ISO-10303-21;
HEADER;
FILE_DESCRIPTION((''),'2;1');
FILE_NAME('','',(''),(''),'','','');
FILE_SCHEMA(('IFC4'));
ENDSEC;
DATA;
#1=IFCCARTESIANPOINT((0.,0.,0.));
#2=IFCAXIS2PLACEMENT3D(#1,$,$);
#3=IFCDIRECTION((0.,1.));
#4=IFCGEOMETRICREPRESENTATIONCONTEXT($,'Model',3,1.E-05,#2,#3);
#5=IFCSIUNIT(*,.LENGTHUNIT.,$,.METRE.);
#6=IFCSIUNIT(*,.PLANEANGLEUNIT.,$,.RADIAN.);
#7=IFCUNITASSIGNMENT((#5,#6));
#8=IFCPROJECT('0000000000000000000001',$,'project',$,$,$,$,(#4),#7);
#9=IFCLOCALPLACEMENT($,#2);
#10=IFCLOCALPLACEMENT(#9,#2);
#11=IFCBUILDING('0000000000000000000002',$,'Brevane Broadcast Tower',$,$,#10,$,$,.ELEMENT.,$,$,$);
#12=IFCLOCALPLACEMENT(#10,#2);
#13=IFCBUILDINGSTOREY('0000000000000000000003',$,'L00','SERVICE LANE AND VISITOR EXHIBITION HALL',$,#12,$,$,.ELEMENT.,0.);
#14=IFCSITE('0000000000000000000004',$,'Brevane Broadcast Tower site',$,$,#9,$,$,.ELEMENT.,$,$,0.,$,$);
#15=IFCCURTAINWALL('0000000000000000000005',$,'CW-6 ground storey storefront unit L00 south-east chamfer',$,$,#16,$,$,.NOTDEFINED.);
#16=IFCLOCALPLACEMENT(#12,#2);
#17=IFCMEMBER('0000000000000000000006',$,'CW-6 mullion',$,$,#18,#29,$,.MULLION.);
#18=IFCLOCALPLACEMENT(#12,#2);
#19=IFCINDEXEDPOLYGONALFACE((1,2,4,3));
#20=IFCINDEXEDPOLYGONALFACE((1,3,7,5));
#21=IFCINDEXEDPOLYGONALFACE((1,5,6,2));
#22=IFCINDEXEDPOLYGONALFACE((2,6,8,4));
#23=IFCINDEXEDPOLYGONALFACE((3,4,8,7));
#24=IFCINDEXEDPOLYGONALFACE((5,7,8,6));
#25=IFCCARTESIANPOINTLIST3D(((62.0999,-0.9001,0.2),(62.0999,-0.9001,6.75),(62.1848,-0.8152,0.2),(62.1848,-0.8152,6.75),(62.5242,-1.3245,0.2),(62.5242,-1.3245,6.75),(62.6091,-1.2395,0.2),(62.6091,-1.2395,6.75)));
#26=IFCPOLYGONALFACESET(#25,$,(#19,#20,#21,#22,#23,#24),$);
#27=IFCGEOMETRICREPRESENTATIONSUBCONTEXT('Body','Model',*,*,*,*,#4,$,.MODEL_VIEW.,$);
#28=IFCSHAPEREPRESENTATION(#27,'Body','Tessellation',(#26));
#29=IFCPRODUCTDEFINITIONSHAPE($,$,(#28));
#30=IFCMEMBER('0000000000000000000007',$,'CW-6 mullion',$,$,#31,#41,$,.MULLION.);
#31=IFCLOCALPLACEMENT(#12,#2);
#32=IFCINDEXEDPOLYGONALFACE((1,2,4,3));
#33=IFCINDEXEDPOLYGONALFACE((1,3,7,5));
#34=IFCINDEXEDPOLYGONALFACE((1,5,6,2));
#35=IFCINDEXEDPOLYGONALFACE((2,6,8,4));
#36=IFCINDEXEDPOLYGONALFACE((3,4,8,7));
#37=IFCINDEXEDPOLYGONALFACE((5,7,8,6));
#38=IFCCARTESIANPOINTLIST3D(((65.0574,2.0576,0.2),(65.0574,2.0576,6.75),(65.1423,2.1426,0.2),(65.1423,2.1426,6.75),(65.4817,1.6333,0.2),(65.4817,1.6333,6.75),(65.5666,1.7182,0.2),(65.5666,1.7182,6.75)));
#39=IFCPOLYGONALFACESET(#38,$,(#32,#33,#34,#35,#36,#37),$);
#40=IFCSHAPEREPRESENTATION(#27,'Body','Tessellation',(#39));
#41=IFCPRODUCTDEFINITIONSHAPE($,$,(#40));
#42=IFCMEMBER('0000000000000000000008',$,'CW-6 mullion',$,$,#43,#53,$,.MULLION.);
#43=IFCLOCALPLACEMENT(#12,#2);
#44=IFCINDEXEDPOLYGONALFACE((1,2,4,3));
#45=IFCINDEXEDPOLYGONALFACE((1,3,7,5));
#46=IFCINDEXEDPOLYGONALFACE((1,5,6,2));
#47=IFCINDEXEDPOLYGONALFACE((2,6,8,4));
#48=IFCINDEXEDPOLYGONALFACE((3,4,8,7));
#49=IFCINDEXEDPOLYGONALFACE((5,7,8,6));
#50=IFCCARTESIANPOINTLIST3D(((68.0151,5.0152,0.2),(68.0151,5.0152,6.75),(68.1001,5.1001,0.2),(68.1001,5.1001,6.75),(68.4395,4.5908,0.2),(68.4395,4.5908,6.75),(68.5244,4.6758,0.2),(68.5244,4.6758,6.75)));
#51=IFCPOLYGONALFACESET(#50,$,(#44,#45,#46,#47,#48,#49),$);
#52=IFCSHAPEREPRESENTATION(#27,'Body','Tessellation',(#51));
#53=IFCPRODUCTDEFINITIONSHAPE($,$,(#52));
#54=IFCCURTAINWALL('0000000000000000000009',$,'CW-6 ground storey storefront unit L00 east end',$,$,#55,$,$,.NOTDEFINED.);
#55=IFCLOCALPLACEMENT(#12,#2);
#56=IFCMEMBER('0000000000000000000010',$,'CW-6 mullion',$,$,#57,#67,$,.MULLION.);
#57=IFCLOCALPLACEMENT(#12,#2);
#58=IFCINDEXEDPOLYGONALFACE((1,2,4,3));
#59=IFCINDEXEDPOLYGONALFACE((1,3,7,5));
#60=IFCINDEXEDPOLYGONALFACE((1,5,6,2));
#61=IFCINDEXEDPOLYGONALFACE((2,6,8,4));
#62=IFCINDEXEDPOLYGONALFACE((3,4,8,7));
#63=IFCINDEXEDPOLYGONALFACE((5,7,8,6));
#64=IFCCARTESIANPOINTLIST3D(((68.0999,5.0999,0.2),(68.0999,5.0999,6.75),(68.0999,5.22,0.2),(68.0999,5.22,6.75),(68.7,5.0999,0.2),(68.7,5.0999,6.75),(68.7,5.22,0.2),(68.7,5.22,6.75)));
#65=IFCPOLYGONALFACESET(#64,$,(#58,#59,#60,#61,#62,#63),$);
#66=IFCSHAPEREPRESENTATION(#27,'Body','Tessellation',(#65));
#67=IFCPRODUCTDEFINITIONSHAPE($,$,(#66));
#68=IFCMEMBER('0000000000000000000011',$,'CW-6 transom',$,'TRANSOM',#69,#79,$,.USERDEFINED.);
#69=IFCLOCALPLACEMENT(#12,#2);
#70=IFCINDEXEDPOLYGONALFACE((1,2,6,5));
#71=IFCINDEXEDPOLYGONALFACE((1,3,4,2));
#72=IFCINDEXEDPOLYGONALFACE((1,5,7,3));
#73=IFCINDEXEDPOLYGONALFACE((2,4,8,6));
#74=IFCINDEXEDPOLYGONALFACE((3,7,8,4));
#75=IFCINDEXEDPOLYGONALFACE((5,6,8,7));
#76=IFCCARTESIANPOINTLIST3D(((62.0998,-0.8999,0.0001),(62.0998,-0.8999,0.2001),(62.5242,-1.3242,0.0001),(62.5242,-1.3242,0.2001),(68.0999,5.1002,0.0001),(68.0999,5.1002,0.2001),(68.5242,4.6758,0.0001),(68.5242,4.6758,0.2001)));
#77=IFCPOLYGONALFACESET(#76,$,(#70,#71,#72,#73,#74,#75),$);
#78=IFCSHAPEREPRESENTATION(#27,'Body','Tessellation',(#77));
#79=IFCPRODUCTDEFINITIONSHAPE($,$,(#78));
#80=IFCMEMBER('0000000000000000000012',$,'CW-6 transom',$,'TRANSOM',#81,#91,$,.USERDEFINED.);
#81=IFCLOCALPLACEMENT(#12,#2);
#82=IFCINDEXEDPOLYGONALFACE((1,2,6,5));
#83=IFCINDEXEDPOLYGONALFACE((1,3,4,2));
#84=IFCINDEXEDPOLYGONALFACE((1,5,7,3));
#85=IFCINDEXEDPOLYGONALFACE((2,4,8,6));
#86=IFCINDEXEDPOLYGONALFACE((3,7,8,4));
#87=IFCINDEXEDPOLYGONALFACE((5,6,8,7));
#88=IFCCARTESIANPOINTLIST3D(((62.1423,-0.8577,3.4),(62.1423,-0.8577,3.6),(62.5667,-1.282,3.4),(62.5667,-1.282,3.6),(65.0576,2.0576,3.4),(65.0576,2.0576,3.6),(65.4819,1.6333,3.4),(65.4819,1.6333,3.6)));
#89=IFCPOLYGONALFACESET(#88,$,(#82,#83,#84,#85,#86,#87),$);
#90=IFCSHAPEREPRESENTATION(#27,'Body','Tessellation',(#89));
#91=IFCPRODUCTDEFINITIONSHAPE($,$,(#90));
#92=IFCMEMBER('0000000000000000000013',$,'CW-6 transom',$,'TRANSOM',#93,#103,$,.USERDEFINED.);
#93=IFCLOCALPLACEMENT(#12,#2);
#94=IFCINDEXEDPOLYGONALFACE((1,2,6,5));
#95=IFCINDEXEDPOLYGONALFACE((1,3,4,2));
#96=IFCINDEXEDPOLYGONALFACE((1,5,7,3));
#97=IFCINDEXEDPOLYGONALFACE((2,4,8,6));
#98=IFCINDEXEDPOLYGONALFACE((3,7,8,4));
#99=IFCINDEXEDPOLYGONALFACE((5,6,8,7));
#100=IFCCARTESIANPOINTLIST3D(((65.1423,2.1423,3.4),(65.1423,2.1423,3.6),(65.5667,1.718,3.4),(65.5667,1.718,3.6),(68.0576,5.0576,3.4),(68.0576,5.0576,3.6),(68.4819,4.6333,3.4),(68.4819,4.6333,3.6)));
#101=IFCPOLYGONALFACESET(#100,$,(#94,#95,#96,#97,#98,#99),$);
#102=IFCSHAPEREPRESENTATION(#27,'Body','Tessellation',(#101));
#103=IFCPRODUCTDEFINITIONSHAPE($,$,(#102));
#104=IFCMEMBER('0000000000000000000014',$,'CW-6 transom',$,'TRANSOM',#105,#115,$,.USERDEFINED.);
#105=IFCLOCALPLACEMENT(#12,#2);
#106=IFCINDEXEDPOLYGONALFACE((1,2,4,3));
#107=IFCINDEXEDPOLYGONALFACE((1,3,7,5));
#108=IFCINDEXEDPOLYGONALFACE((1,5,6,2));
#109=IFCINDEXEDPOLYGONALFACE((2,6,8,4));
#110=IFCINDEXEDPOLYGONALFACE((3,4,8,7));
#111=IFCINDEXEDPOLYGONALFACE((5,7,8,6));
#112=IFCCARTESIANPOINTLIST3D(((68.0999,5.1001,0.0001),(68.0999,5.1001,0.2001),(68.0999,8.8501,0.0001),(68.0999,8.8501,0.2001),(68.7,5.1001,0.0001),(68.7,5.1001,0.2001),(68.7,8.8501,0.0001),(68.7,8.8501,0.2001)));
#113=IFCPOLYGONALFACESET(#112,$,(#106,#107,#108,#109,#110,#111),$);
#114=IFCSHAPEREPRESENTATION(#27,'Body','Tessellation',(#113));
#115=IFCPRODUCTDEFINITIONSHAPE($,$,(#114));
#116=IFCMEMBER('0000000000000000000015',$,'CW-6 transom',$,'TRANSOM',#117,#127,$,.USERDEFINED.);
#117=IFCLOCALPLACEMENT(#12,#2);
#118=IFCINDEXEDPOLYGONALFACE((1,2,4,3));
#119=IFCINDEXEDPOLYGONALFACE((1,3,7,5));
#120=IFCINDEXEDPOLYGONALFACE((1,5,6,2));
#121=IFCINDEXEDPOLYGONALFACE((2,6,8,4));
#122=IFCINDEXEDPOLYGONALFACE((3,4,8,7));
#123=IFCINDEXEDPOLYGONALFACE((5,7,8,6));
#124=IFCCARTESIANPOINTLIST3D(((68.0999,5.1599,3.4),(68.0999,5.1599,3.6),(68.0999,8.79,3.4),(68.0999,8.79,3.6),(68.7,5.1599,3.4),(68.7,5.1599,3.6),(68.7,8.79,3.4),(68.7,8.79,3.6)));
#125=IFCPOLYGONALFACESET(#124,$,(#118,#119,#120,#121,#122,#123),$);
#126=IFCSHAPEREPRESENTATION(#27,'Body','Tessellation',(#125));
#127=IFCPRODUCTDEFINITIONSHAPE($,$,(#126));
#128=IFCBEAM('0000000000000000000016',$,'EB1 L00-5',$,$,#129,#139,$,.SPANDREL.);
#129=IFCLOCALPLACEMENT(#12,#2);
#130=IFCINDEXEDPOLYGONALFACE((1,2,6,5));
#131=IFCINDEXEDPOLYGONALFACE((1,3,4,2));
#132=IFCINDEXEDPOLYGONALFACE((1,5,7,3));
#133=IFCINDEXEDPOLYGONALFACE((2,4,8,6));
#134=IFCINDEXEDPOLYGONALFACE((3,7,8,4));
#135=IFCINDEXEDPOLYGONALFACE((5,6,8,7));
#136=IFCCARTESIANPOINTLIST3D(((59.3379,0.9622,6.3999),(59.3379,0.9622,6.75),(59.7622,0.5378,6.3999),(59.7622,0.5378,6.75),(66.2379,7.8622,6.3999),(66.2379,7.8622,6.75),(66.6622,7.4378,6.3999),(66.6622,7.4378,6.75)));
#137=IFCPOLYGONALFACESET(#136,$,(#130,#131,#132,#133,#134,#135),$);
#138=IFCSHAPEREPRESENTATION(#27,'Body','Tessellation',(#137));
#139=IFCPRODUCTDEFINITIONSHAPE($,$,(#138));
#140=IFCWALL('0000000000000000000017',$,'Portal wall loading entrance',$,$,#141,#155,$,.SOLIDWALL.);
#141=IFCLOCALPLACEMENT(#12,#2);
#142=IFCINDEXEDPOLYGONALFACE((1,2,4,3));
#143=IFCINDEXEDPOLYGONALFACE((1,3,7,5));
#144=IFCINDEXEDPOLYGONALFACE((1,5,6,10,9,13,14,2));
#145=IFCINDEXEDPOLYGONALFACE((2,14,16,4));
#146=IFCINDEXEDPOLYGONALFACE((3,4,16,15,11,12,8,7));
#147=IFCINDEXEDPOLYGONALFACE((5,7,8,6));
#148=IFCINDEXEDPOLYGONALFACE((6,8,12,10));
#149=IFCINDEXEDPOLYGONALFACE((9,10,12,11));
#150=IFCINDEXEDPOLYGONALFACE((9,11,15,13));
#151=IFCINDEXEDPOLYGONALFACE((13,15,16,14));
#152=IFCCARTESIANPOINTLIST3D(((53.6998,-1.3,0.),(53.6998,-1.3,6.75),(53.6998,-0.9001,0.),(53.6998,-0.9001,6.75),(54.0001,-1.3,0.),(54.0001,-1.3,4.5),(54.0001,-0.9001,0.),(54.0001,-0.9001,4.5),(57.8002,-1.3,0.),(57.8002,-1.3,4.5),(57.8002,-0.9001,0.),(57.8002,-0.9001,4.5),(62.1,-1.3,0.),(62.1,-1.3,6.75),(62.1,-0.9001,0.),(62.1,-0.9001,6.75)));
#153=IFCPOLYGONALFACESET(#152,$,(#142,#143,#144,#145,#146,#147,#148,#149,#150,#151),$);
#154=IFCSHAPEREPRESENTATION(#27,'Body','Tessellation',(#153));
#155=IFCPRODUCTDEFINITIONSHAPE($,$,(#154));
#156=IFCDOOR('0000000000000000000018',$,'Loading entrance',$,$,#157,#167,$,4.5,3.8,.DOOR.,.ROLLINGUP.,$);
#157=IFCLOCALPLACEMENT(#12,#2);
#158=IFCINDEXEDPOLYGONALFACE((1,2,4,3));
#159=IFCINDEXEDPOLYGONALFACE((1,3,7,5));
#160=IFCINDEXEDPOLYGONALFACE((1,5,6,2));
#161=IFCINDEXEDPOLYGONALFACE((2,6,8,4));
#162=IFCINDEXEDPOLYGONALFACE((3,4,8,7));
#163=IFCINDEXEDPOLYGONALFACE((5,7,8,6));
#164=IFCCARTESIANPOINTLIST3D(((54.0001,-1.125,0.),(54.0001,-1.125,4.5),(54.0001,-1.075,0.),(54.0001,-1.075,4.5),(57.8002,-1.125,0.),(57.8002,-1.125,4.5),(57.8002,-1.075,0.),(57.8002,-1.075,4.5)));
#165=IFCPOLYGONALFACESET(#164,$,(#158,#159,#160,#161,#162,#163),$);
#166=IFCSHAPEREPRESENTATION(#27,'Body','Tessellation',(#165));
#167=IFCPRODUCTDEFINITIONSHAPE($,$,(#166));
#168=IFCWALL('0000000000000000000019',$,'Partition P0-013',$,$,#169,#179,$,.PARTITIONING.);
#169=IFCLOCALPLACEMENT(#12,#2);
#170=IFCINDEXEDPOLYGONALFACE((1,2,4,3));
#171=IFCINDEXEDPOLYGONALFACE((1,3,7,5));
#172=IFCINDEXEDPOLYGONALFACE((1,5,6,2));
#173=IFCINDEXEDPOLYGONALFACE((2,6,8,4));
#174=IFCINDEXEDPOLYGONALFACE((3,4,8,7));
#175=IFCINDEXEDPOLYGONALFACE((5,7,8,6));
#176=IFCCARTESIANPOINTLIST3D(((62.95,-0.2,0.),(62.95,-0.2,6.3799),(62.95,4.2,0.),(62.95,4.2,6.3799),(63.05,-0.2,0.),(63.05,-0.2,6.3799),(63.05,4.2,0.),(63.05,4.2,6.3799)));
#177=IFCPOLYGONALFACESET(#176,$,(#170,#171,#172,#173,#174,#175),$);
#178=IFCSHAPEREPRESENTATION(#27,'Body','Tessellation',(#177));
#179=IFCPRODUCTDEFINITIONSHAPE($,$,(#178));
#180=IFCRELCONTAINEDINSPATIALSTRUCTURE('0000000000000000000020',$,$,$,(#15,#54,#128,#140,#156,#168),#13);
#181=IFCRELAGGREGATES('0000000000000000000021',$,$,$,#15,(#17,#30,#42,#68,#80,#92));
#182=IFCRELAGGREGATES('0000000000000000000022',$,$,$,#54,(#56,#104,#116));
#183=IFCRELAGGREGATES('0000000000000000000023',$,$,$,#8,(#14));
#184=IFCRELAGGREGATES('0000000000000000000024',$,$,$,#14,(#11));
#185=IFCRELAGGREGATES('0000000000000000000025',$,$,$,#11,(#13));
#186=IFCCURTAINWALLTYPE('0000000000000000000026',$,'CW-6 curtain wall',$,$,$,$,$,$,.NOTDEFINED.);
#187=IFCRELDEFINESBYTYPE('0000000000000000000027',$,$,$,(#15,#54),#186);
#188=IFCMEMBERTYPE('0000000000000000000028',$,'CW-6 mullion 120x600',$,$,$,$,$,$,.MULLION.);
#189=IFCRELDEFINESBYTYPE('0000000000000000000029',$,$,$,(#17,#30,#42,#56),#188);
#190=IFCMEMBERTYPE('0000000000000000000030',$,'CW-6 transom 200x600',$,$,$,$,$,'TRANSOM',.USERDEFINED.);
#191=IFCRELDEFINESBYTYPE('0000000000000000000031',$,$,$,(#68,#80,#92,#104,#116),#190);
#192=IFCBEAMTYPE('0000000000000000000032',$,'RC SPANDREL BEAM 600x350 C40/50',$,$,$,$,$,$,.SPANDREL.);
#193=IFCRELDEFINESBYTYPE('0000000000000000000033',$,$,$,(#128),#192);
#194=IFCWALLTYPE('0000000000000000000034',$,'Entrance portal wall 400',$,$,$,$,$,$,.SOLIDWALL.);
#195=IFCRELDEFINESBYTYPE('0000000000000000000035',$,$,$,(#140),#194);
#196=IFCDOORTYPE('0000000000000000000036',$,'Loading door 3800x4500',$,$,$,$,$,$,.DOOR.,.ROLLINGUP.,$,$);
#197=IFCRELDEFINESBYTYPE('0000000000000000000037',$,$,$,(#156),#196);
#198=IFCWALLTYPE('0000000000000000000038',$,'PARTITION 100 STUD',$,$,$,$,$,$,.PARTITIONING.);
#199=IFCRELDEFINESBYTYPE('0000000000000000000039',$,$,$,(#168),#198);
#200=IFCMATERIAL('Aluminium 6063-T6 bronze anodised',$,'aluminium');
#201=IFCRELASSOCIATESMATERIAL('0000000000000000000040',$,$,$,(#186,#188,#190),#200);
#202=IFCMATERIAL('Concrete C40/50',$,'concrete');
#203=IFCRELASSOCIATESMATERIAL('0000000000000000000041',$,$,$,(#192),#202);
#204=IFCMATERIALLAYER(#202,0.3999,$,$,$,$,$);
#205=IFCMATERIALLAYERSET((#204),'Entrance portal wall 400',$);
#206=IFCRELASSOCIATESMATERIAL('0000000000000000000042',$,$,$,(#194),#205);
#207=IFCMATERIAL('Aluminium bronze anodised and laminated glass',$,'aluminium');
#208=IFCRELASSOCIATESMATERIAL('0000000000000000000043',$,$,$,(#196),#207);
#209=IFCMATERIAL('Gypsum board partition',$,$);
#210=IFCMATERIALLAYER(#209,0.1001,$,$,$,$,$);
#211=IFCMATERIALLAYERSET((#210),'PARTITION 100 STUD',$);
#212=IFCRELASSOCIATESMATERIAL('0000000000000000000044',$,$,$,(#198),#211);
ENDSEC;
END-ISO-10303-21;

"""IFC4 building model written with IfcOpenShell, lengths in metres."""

from ifc_helpers import new_model, si_unit, direction, frame, frame_2d, origin, origin_2d, place, context, subcontext, project, spatial, rectangle, extrude, material, layer, layer_set, material_profile, profile_set, type_object, element, fill, aggregate, save


model = new_model("IFC4")

# Units and contexts
model_context = context("Model", 3, precision=1e-05, world=origin(), true_north=direction((0.0, 1.0)))
body_context = subcontext(model_context, "Body", "Model", "MODEL_VIEW")
ifc_project = project(units=[si_unit("LENGTHUNIT", "METRE"), si_unit("PLANEANGLEUNIT", "RADIAN")], contexts=[model_context])

# Site, building, storey
site_placement = place(None, origin())
site = spatial("IfcSite", under=ifc_project, at=site_placement, Name="Brevane Broadcast Tower site", CompositionType="ELEMENT", RefElevation=0.0)
building_placement = place(site_placement, origin())
building = spatial("IfcBuilding", under=site, at=building_placement, Name="Brevane Broadcast Tower", CompositionType="ELEMENT")
storey_placement = place(building_placement, origin())
storey = spatial("IfcBuildingStorey", under=building, at=storey_placement, Name="L00", Description="SERVICE LANE AND VISITOR EXHIBITION HALL", CompositionType="ELEMENT", Elevation=0.0)

# Curtain wall, members
ifc_material_1 = material(Name="Aluminium 6063-T6 bronze anodised", Category="aluminium")
curtain_wall_type = type_object("IfcCurtainWallType", Name="CW-6 curtain wall", PredefinedType="NOTDEFINED", material=ifc_material_1)
curtain_wall_1_placement = place(storey_placement, origin())
curtain_wall_1 = element("IfcCurtainWall", 1, at=curtain_wall_1_placement, inside=storey, type_object=curtain_wall_type, Name="CW-6 ground storey storefront unit L00 south-east chamfer", PredefinedType="NOTDEFINED")
ifc_material_profile_1 = material_profile(ifc_material_1, rectangle(XDim=0.6001, YDim=0.1201, at=origin_2d()), Name="RECT 120x600")
ifc_profile_set_1 = profile_set([ifc_material_profile_1], Name="Aluminium 6063-T6 bronze anodised")
member_type_1 = type_object("IfcMemberType", Name="CW-6 mullion 120x600", PredefinedType="MULLION", material=ifc_profile_set_1)
member_1_placement = place(storey_placement, frame((62.3545, -1.0698, 0.2), z_axis=(0.0, 0.0, 1.0), x_axis=(-0.707107, 0.707107, 0.0)))
member_1 = element("IfcMember", 2, at=member_1_placement, type_object=member_type_1, Name="CW-6 mullion", PredefinedType="MULLION", context=body_context, shape_type="SweptSolid", body=[
    extrude(rectangle(XDim=0.6001, YDim=0.1201, at=origin_2d()), origin(), (0.0, 0.0, 1.0), 6.55),
])
member_2_placement = place(storey_placement, frame((65.312, 1.8879, 0.2), z_axis=(0.0, 0.0, 1.0), x_axis=(-0.707107, 0.707107, 0.0)))
member_2 = element("IfcMember", 3, at=member_2_placement, type_object=member_type_1, Name="CW-6 mullion", PredefinedType="MULLION", context=body_context, shape_type="SweptSolid", body=[
    extrude(rectangle(XDim=0.6001, YDim=0.1201, at=origin_2d()), origin(), (0.0, 0.0, 1.0), 6.55),
])
member_3_placement = place(storey_placement, frame((68.2698, 4.8455, 0.2), z_axis=(0.0, 0.0, 1.0), x_axis=(-0.707107, 0.707107, 0.0)))
member_3 = element("IfcMember", 4, at=member_3_placement, type_object=member_type_1, Name="CW-6 mullion", PredefinedType="MULLION", context=body_context, shape_type="SweptSolid", body=[
    extrude(rectangle(XDim=0.6001, YDim=0.1201, at=origin_2d()), origin(), (0.0, 0.0, 1.0), 6.55),
])

# Curtain wall, member
curtain_wall_2_placement = place(storey_placement, origin())
curtain_wall_2 = element("IfcCurtainWall", 5, at=curtain_wall_2_placement, inside=storey, type_object=curtain_wall_type, Name="CW-6 ground storey storefront unit L00 east end", PredefinedType="NOTDEFINED")
member_4_placement = place(storey_placement, frame((68.3999, 5.1599, 0.2), z_axis=(0.0, 0.0, 1.0), x_axis=(-1.0, 0.0, 0.0)))
member_4 = element("IfcMember", 6, at=member_4_placement, type_object=member_type_1, Name="CW-6 mullion", PredefinedType="MULLION", context=body_context, shape_type="SweptSolid", body=[
    extrude(rectangle(XDim=0.6001, YDim=0.1201, at=origin_2d()), origin(), (0.0, 0.0, 1.0), 6.55),
])

# Members
ifc_material_profile_2 = material_profile(ifc_material_1, rectangle(XDim=0.6001, YDim=0.2, at=origin_2d()), Name="RECT 200x600")
ifc_profile_set_2 = profile_set([ifc_material_profile_2], Name="Aluminium 6063-T6 bronze anodised")
member_type_2 = type_object("IfcMemberType", Name="CW-6 transom 200x600", ElementType="TRANSOM", PredefinedType="USERDEFINED", material=ifc_profile_set_2)
member_5_placement = place(storey_placement, frame((62.312, -1.1121, 0.1001), z_axis=(0.707107, 0.707107, 0.0), x_axis=(-0.707107, 0.707107, 0.0)))
member_5 = element("IfcMember", 7, at=member_5_placement, type_object=member_type_2, Name="CW-6 transom", ObjectType="TRANSOM", PredefinedType="USERDEFINED", context=body_context, shape_type="SweptSolid", body=[
    extrude(rectangle(XDim=0.6001, YDim=0.2, at=origin_2d()), origin(), (0.0, 0.0, 1.0), 8.4854),
])
member_6_placement = place(storey_placement, frame((62.3545, -1.0698, 3.5), z_axis=(0.707107, 0.707107, 0.0), x_axis=(-0.707107, 0.707107, 0.0)))
member_6 = element("IfcMember", 8, at=member_6_placement, type_object=member_type_2, Name="CW-6 transom", ObjectType="TRANSOM", PredefinedType="USERDEFINED", context=body_context, shape_type="SweptSolid", body=[
    extrude(rectangle(XDim=0.6001, YDim=0.2, at=origin_2d()), origin(), (0.0, 0.0, 1.0), 4.1228),
])
member_7_placement = place(storey_placement, frame((65.3545, 1.9302, 3.5), z_axis=(0.707107, 0.707107, 0.0), x_axis=(-0.707107, 0.707107, 0.0)))
member_7 = element("IfcMember", 9, at=member_7_placement, type_object=member_type_2, Name="CW-6 transom", ObjectType="TRANSOM", PredefinedType="USERDEFINED", context=body_context, shape_type="SweptSolid", body=[
    extrude(rectangle(XDim=0.6001, YDim=0.2, at=origin_2d()), origin(), (0.0, 0.0, 1.0), 4.1228),
])
aggregate(curtain_wall_1, [member_1, member_2, member_3, member_5, member_6, member_7])
member_8_placement = place(storey_placement, frame((68.3999, 5.1001, 0.1001), z_axis=(0.0, 1.0, 0.0), x_axis=(-1.0, 0.0, 0.0)))
member_8 = element("IfcMember", 10, at=member_8_placement, type_object=member_type_2, Name="CW-6 transom", ObjectType="TRANSOM", PredefinedType="USERDEFINED", context=body_context, shape_type="SweptSolid", body=[
    extrude(rectangle(XDim=0.6001, YDim=0.2, at=origin_2d()), origin(), (0.0, 0.0, 1.0), 3.75),
])
member_9_placement = place(storey_placement, frame((68.3999, 5.1599, 3.5), z_axis=(0.0, 1.0, 0.0), x_axis=(-1.0, 0.0, 0.0)))
member_9 = element("IfcMember", 11, at=member_9_placement, type_object=member_type_2, Name="CW-6 transom", ObjectType="TRANSOM", PredefinedType="USERDEFINED", context=body_context, shape_type="SweptSolid", body=[
    extrude(rectangle(XDim=0.6001, YDim=0.2, at=origin_2d()), origin(), (0.0, 0.0, 1.0), 3.6301),
])
aggregate(curtain_wall_2, [member_4, member_8, member_9])

# Beam
ifc_material_2 = material(Name="Concrete C40/50", Category="concrete")
ifc_material_profile_3 = material_profile(ifc_material_2, rectangle(XDim=0.6001, YDim=0.3501, at=origin_2d()), Name="RC 600x350")
ifc_profile_set_3 = profile_set([ifc_material_profile_3], Name="Concrete C40/50")
beam_type = type_object("IfcBeamType", Name="RC SPANDREL BEAM 600x350 C40/50", PredefinedType="SPANDREL", material=ifc_profile_set_3)
beam_placement = place(storey_placement, frame((59.55, 0.75, 6.575), z_axis=(0.707107, 0.707107, 0.0), x_axis=(-0.707107, 0.707107, 0.0)))
element("IfcBeam", 12, at=beam_placement, inside=storey, type_object=beam_type, Name="EB1 L00-5", PredefinedType="SPANDREL", context=body_context, shape_type="SweptSolid", body=[
    extrude(rectangle(XDim=0.6001, YDim=0.3501, at=origin_2d()), origin(), (0.0, 0.0, 1.0), 9.7581),
])

# Wall, opening, door
ifc_layer_1 = layer(ifc_material_2, 0.3999)
ifc_layer_set_1 = layer_set([ifc_layer_1], Name="Entrance portal wall 400")
wall_type_1 = type_object("IfcWallType", Name="Entrance portal wall 400", PredefinedType="SOLIDWALL", material=ifc_layer_set_1)
wall_1_placement = place(storey_placement, frame((62.1001, -1.1001, 0.0), z_axis=(0.0, 0.0, 1.0), x_axis=(-1.0, 0.0, 0.0)))
wall_1 = element("IfcWall", 13, at=wall_1_placement, inside=storey, type_object=wall_type_1, Name="Portal wall loading entrance", PredefinedType="SOLIDWALL", context=body_context, shape_type="SweptSolid", body=[
    extrude(rectangle(XDim=8.4001, YDim=0.3999, at=frame_2d((4.2002, 0.0))), origin(), (0.0, 0.0, 1.0), 6.75),
])
opening_1_placement = place(wall_1_placement, frame((4.3, 0.0, 0.0)))
opening_1 = element("IfcOpeningElement", 14, at=opening_1_placement, cuts=wall_1, PredefinedType="OPENING", context=body_context, shape_type="SweptSolid", body=[
    extrude(rectangle(XDim=3.8, YDim=4.5, at=frame_2d((1.8999, 2.25))), frame((0.0, 0.21, 0.0), z_axis=(0.0, -1.0, 0.0), x_axis=(1.0, 0.0, 0.0)), (0.0, 0.0, 1.0), 0.4199),
])
ifc_material_3 = material(Name="Aluminium bronze anodised and laminated glass", Category="aluminium")
door_type_1 = type_object("IfcDoorType", Name="Loading door 3800x4500", OperationType="ROLLINGUP", PredefinedType="DOOR", material=ifc_material_3)
door_1_placement = place(opening_1_placement, origin())
door_1 = element("IfcDoor", 15, at=door_1_placement, inside=storey, type_object=door_type_1, Name="Loading entrance", OperationType="ROLLINGUP", OverallHeight=4.5, OverallWidth=3.8, PredefinedType="DOOR", context=body_context, shape_type="SweptSolid", body=[
    extrude(rectangle(XDim=3.8, YDim=4.5, at=frame_2d((1.8999, 2.25))), frame((0.0, 0.0249, 0.0), z_axis=(0.0, -1.0, 0.0), x_axis=(1.0, 0.0, 0.0)), (0.0, 0.0, 1.0), 0.05),
])
fill(opening_1, door_1)

# Wall
ifc_material_4 = material(Name="Gypsum board partition")
ifc_layer_2 = layer(ifc_material_4, 0.1001)
ifc_layer_set_2 = layer_set([ifc_layer_2], Name="PARTITION 100 STUD")
wall_type_2 = type_object("IfcWallType", Name="PARTITION 100 STUD", PredefinedType="PARTITIONING", material=ifc_layer_set_2)
wall_2_placement = place(storey_placement, frame((63.0, 4.2, 0.0), z_axis=(0.0, 0.0, 1.0), x_axis=(0.0, -1.0, 0.0)))
element("IfcWall", 16, at=wall_2_placement, inside=storey, type_object=wall_type_2, Name="Partition P0-013", PredefinedType="PARTITIONING", context=body_context, shape_type="SweptSolid", body=[
    extrude(rectangle(XDim=4.3999, YDim=0.1001, at=frame_2d((2.2, 0.0))), origin(), (0.0, 0.0, 1.0), 6.3799),
])

save(model, "model.ifc")
